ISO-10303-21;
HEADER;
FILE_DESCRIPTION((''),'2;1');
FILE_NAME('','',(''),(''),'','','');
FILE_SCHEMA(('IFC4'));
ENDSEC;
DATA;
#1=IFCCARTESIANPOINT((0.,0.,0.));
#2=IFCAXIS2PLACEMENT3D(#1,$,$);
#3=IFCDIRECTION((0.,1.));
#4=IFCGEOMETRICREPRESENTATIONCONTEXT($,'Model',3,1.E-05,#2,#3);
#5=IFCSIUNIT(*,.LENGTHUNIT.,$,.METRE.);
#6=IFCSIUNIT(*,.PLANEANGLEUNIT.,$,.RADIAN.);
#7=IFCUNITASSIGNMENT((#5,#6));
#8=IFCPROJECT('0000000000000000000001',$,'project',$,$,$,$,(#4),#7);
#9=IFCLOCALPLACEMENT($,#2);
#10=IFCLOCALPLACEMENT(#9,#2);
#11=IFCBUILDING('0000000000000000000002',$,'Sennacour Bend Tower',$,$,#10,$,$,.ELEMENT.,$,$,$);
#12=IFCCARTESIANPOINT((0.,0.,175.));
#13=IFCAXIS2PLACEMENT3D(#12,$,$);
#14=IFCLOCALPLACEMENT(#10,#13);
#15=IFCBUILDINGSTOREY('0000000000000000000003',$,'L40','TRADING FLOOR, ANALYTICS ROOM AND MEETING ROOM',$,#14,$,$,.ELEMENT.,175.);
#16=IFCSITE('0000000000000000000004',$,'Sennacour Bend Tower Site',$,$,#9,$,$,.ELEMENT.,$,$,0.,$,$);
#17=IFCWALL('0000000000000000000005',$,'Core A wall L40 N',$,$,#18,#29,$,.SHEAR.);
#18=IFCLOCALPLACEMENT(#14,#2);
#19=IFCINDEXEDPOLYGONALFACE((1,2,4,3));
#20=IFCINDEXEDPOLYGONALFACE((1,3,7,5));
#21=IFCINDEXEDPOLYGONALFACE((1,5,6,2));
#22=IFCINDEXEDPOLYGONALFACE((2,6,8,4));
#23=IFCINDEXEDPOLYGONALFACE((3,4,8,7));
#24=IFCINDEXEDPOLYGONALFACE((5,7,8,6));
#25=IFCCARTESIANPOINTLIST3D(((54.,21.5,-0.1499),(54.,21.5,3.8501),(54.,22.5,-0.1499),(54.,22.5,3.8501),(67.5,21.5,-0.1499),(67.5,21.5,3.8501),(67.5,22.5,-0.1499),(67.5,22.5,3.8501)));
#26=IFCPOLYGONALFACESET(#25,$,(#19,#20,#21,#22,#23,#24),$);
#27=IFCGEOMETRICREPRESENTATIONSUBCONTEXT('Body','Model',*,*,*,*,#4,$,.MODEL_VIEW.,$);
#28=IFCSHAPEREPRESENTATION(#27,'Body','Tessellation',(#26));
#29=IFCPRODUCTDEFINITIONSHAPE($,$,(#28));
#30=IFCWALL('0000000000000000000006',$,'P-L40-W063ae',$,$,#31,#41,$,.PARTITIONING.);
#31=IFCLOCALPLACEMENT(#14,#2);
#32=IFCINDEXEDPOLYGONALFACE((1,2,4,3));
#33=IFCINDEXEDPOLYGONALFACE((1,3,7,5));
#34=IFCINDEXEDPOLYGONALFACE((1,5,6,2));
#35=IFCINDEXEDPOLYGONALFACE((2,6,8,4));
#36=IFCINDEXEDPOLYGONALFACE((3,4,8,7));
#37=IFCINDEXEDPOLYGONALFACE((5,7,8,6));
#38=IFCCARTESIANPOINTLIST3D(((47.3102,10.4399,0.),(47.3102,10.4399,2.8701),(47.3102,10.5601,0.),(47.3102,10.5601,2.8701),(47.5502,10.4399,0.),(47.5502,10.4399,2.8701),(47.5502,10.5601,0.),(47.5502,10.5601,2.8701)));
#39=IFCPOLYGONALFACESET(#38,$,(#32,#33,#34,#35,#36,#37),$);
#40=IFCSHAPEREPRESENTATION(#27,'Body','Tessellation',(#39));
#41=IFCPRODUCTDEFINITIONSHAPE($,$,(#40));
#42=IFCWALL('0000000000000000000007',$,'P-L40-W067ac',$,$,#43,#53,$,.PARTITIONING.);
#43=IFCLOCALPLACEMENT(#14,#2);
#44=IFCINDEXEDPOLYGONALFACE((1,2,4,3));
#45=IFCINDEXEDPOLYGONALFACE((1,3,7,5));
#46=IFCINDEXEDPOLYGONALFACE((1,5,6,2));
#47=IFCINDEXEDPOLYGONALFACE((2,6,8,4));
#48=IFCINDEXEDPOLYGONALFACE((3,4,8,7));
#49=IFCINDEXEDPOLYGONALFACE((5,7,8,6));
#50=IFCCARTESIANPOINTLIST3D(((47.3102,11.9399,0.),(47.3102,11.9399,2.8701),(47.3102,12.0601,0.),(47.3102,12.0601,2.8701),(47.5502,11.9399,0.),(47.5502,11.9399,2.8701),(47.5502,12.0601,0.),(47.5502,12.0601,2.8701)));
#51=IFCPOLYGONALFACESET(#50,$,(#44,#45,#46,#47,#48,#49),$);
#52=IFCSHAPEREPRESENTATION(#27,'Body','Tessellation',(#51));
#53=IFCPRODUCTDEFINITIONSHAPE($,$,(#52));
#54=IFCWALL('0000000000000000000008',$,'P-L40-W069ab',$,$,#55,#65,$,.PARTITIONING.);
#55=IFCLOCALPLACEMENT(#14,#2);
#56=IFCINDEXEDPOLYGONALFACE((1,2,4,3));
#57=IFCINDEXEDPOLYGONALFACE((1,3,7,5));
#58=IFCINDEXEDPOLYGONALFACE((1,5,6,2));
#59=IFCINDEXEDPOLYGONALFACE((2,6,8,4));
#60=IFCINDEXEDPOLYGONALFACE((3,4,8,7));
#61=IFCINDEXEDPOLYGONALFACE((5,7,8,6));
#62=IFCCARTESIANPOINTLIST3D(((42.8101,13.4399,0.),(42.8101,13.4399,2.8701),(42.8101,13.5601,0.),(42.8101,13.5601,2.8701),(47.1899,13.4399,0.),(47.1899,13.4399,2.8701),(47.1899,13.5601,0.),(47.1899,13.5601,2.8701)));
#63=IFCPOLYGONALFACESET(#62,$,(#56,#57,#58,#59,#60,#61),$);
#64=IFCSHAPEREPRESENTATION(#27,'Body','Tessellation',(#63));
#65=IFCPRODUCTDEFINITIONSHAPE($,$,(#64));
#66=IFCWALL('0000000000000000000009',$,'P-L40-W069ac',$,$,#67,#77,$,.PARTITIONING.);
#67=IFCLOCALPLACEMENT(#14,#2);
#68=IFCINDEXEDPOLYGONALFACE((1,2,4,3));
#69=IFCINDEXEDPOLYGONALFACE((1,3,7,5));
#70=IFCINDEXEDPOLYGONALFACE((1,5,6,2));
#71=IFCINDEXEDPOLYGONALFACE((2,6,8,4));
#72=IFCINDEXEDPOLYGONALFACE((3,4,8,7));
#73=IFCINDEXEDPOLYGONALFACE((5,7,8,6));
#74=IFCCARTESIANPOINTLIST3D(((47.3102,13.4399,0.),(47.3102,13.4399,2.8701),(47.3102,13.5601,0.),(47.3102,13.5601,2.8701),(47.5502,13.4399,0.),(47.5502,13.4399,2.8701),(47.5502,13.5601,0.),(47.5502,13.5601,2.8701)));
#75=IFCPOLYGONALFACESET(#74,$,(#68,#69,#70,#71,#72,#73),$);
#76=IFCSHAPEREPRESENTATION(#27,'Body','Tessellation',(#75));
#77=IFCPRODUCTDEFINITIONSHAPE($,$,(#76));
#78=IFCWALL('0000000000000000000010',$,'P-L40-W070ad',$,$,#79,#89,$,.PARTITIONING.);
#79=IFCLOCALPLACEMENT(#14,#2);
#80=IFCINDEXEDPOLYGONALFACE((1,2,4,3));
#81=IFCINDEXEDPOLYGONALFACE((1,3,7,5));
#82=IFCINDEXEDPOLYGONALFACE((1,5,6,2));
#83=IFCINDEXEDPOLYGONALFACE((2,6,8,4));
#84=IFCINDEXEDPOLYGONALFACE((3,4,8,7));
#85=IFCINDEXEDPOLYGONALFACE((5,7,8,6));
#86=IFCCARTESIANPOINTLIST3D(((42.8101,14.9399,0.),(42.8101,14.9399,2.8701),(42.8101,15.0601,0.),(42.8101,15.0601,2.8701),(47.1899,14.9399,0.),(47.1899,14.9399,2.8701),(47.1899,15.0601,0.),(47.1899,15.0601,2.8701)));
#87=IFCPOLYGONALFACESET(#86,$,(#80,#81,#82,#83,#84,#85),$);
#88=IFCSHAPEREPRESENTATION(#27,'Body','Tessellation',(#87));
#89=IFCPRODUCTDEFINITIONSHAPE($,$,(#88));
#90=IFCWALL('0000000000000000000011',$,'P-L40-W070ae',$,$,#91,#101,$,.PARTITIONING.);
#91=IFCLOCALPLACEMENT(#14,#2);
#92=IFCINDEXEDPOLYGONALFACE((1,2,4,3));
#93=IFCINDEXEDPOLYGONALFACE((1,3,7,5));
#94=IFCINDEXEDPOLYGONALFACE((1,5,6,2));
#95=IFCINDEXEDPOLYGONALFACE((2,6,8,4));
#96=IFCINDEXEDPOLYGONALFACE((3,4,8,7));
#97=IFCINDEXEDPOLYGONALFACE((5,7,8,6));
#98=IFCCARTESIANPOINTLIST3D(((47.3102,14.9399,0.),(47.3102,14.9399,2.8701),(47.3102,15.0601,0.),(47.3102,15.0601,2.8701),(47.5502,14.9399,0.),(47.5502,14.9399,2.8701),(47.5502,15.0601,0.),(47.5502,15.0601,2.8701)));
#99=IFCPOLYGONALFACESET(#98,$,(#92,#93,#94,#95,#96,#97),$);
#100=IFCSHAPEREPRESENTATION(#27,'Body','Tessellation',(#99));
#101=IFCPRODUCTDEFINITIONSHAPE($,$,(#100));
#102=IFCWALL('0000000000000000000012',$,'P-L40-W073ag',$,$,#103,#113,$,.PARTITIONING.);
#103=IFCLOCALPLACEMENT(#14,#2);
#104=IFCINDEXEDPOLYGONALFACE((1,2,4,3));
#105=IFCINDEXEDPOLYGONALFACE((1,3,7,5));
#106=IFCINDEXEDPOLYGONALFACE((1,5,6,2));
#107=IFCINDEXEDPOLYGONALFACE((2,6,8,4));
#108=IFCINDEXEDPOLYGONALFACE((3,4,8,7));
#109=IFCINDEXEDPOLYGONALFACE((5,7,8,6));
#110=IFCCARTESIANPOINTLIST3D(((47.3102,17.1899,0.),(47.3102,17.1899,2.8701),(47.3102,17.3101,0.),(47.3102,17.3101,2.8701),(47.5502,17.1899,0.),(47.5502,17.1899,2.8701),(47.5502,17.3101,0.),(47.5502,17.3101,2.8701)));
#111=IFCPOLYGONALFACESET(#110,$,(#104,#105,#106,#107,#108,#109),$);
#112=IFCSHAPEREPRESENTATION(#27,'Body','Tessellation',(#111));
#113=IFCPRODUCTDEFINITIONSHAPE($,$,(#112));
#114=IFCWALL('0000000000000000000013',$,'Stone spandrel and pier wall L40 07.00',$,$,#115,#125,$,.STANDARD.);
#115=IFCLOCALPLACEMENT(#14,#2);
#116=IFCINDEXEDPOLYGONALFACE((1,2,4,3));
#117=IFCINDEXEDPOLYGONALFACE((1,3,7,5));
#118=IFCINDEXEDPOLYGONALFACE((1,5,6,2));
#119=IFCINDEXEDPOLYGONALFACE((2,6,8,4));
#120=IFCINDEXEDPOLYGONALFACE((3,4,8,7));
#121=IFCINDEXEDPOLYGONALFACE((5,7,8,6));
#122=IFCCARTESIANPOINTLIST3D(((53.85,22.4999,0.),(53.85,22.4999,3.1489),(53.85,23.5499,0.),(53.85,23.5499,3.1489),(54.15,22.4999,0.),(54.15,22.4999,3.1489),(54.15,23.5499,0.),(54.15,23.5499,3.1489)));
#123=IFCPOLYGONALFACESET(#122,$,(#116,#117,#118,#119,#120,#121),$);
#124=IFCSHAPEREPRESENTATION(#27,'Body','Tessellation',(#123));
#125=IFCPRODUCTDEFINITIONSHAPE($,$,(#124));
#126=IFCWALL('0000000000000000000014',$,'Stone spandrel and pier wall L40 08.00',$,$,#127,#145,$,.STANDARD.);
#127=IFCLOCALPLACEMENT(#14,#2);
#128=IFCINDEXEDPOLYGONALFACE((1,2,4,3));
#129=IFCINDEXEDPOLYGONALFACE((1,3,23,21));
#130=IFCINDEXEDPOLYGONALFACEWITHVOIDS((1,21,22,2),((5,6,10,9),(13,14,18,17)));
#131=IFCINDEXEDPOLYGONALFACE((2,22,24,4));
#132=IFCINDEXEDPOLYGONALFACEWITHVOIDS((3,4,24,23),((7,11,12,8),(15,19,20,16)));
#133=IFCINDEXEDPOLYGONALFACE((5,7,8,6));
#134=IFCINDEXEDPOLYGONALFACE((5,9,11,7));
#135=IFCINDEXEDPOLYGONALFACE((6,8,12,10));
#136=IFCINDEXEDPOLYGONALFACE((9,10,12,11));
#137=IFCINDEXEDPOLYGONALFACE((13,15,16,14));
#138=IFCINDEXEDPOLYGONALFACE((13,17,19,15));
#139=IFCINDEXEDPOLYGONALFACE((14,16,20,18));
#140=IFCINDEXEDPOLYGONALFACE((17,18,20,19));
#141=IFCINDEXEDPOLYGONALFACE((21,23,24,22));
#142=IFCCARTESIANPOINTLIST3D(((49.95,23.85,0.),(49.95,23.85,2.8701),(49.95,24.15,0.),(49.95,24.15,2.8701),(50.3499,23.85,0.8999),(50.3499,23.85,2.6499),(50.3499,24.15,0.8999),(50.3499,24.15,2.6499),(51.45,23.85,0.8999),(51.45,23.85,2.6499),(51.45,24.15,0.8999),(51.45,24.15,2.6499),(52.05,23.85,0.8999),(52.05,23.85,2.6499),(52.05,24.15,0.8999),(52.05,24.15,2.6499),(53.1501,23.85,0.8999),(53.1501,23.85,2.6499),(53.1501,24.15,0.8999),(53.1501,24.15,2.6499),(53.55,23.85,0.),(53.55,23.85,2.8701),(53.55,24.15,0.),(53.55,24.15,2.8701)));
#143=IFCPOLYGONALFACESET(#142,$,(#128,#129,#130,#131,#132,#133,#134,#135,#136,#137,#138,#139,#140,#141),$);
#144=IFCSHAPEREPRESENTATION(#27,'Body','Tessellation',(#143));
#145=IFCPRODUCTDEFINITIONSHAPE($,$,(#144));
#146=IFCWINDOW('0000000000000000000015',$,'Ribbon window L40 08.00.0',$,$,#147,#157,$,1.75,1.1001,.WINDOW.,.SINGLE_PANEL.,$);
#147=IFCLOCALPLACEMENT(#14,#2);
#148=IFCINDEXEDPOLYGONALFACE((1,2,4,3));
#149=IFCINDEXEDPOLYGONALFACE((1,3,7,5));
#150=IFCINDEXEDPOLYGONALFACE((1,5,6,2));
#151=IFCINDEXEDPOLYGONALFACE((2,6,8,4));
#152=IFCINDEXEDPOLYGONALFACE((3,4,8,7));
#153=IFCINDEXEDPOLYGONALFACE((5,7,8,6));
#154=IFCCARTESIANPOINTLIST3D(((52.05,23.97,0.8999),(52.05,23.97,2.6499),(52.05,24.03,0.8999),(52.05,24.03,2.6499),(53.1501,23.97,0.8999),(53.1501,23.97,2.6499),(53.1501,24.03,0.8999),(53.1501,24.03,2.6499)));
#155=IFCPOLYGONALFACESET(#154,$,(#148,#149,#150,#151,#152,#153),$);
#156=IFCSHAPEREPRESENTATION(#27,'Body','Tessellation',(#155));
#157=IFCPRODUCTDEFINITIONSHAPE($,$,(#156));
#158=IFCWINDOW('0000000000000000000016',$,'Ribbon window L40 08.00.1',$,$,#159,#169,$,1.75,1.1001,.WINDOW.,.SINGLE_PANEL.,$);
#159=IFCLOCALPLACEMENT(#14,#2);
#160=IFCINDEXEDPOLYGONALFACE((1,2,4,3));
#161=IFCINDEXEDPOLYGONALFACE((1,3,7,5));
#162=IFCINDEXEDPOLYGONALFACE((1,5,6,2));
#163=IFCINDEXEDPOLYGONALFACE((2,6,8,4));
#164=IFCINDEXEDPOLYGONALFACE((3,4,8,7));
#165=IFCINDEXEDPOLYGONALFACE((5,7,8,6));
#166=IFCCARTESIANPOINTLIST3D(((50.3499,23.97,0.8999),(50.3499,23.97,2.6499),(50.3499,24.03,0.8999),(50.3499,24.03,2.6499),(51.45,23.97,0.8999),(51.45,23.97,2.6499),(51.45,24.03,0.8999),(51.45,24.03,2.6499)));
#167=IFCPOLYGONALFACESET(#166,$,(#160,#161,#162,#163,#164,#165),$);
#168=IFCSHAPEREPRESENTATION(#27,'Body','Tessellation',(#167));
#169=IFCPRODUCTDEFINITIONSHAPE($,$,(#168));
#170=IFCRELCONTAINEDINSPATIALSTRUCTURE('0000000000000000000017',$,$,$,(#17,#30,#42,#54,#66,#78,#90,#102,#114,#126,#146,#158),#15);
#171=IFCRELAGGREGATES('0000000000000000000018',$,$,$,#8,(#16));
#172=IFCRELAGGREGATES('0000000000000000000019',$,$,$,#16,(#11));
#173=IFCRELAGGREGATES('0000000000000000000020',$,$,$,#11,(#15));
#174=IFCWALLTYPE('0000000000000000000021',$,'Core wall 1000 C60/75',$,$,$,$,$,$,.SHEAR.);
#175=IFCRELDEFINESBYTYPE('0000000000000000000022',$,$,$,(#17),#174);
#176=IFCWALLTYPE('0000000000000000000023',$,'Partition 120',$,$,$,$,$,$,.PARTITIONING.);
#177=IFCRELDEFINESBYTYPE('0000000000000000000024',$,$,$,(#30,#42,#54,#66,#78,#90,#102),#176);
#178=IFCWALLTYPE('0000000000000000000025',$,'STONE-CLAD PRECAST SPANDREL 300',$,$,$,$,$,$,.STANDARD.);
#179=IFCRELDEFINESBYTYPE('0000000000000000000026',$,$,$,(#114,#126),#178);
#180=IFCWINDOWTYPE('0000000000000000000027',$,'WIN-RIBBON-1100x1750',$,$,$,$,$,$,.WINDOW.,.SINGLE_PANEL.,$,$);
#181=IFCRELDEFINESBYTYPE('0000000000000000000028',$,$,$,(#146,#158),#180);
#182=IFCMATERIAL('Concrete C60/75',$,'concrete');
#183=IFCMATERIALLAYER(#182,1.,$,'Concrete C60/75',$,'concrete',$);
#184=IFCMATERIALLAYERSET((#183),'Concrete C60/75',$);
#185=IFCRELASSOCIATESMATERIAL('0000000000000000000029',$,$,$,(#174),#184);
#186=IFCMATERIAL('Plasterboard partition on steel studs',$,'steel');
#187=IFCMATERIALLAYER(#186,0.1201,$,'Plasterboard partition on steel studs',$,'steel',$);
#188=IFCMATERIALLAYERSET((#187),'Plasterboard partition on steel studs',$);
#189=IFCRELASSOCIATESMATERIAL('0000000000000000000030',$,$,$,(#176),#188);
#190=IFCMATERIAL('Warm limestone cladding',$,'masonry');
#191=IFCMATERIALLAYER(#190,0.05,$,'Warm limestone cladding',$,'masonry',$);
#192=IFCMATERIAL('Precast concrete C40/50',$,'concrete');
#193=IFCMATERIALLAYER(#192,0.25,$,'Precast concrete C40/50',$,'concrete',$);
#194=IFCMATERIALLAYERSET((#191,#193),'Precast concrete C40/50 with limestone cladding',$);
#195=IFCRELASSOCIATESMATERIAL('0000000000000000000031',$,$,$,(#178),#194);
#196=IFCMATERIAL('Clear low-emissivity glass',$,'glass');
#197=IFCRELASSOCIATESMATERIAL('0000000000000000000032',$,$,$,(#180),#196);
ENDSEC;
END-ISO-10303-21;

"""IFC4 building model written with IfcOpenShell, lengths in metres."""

from ifc_helpers import new_model, si_unit, direction, frame, frame_2d, origin, place, context, subcontext, project, spatial, rectangle, extrude, material, layer, layer_set, type_object, element, fill, save


model = new_model("IFC4")

# Units and contexts
model_context = context("Model", 3, precision=1e-05, world=origin(), true_north=direction((0.0, 1.0)))
body_context = subcontext(model_context, "Body", "Model", "MODEL_VIEW")
ifc_project = project(units=[si_unit("LENGTHUNIT", "METRE"), si_unit("PLANEANGLEUNIT", "RADIAN")], contexts=[model_context])

# Site, building, storey
site_placement = place(None, origin())
site = spatial("IfcSite", under=ifc_project, at=site_placement, Name="Sennacour Bend Tower Site", CompositionType="ELEMENT", RefElevation=0.0)
building_placement = place(site_placement, origin())
building = spatial("IfcBuilding", under=site, at=building_placement, Name="Sennacour Bend Tower", CompositionType="ELEMENT")
storey_placement = place(building_placement, frame((0.0, 0.0, 175.0)))
storey = spatial("IfcBuildingStorey", under=building, at=storey_placement, Name="L40", Description="TRADING FLOOR, ANALYTICS ROOM AND MEETING ROOM", CompositionType="ELEMENT", Elevation=175.0)

# Walls
ifc_material_1 = material(Name="Concrete C60/75", Category="concrete")
ifc_layer_1 = layer(ifc_material_1, 1.0, Name="Concrete C60/75", Category="concrete")
ifc_layer_set_1 = layer_set([ifc_layer_1], Name="Concrete C60/75")
wall_type_1 = type_object("IfcWallType", Name="Core wall 1000 C60/75", PredefinedType="SHEAR", material=ifc_layer_set_1)
wall_1_placement = place(storey_placement, frame((54.0, 22.0, -0.1499), z_axis=(0.0, 0.0, 1.0), x_axis=(1.0, 0.0, 0.0)))
element("IfcWall", 1, at=wall_1_placement, inside=storey, type_object=wall_type_1, Name="Core A wall L40 N", PredefinedType="SHEAR", context=body_context, shape_type="SweptSolid", body=[
    extrude(rectangle(XDim=13.5, YDim=1.0, at=frame_2d((6.75, 0.0))), origin(), (0.0, 0.0, 1.0), 4.0),
])
ifc_material_2 = material(Name="Plasterboard partition on steel studs", Category="steel")
ifc_layer_2 = layer(ifc_material_2, 0.1201, Name="Plasterboard partition on steel studs", Category="steel")
ifc_layer_set_2 = layer_set([ifc_layer_2], Name="Plasterboard partition on steel studs")
wall_type_2 = type_object("IfcWallType", Name="Partition 120", PredefinedType="PARTITIONING", material=ifc_layer_set_2)
for number, where, z_axis, x_axis, name in (
    (2, (47.3101, 10.5, 0.0), (0.0, 0.0, 1.0), (1.0, 0.0, 0.0), "P-L40-W063ae"),
    (3, (47.3101, 12.0, 0.0), (0.0, 0.0, 1.0), (1.0, 0.0, 0.0), "P-L40-W067ac"),
):
    element("IfcWall", number, at=place(storey_placement, frame(where, z_axis=z_axis, x_axis=x_axis)), inside=storey, type_object=wall_type_2, Name=name, PredefinedType="PARTITIONING", context=body_context, shape_type="SweptSolid", body=[
        extrude(rectangle(XDim=0.24, YDim=0.1201, at=frame_2d((0.1201, 0.0))), origin(), (0.0, 0.0, 1.0), 2.8701),
    ])
wall_2_placement = place(storey_placement, frame((42.8101, 13.5, 0.0), z_axis=(0.0, 0.0, 1.0), x_axis=(1.0, 0.0, 0.0)))
element("IfcWall", 4, at=wall_2_placement, inside=storey, type_object=wall_type_2, Name="P-L40-W069ab", PredefinedType="PARTITIONING", context=body_context, shape_type="SweptSolid", body=[
    extrude(rectangle(XDim=4.3799, YDim=0.1201, at=frame_2d((2.1899, 0.0))), origin(), (0.0, 0.0, 1.0), 2.8701),
])
wall_3_placement = place(storey_placement, frame((47.3101, 13.5, 0.0), z_axis=(0.0, 0.0, 1.0), x_axis=(1.0, 0.0, 0.0)))
element("IfcWall", 5, at=wall_3_placement, inside=storey, type_object=wall_type_2, Name="P-L40-W069ac", PredefinedType="PARTITIONING", context=body_context, shape_type="SweptSolid", body=[
    extrude(rectangle(XDim=0.24, YDim=0.1201, at=frame_2d((0.1201, 0.0))), origin(), (0.0, 0.0, 1.0), 2.8701),
])
wall_4_placement = place(storey_placement, frame((42.8101, 15.0, 0.0), z_axis=(0.0, 0.0, 1.0), x_axis=(1.0, 0.0, 0.0)))
element("IfcWall", 6, at=wall_4_placement, inside=storey, type_object=wall_type_2, Name="P-L40-W070ad", PredefinedType="PARTITIONING", context=body_context, shape_type="SweptSolid", body=[
    extrude(rectangle(XDim=4.3799, YDim=0.1201, at=frame_2d((2.1899, 0.0))), origin(), (0.0, 0.0, 1.0), 2.8701),
])
for number, where, z_axis, x_axis, name in (
    (7, (47.3101, 15.0, 0.0), (0.0, 0.0, 1.0), (1.0, 0.0, 0.0), "P-L40-W070ae"),
    (8, (47.3101, 17.25, 0.0), (0.0, 0.0, 1.0), (1.0, 0.0, 0.0), "P-L40-W073ag"),
):
    element("IfcWall", number, at=place(storey_placement, frame(where, z_axis=z_axis, x_axis=x_axis)), inside=storey, type_object=wall_type_2, Name=name, PredefinedType="PARTITIONING", context=body_context, shape_type="SweptSolid", body=[
        extrude(rectangle(XDim=0.24, YDim=0.1201, at=frame_2d((0.1201, 0.0))), origin(), (0.0, 0.0, 1.0), 2.8701),
    ])
ifc_material_3 = material(Name="Warm limestone cladding", Category="masonry")
ifc_layer_3 = layer(ifc_material_3, 0.05, Name="Warm limestone cladding", Category="masonry")
ifc_material_4 = material(Name="Precast concrete C40/50", Category="concrete")
ifc_layer_4 = layer(ifc_material_4, 0.25, Name="Precast concrete C40/50", Category="concrete")
ifc_layer_set_3 = layer_set([ifc_layer_3, ifc_layer_4], Name="Precast concrete C40/50 with limestone cladding")
wall_type_3 = type_object("IfcWallType", Name="STONE-CLAD PRECAST SPANDREL 300", PredefinedType="STANDARD", material=ifc_layer_set_3)
wall_5_placement = place(storey_placement, frame((54.0, 22.5, 0.0), z_axis=(0.0, 0.0, 1.0), x_axis=(0.0, 1.0, 0.0)))
element("IfcWall", 9, at=wall_5_placement, inside=storey, type_object=wall_type_3, Name="Stone spandrel and pier wall L40 07.00", PredefinedType="STANDARD", context=body_context, shape_type="SweptSolid", body=[
    extrude(rectangle(XDim=1.05, YDim=0.3, at=frame_2d((0.5249, 0.0))), origin(), (0.0, 0.0, 1.0), 3.1489),
])

# Wall, openings, windows
wall_6_placement = place(storey_placement, frame((53.55, 24.0, 0.0), z_axis=(0.0, 0.0, 1.0), x_axis=(-1.0, 0.0, 0.0)))
wall_6 = element("IfcWall", 10, at=wall_6_placement, inside=storey, type_object=wall_type_3, Name="Stone spandrel and pier wall L40 08.00", PredefinedType="STANDARD", context=body_context, shape_type="SweptSolid", body=[
    extrude(rectangle(XDim=3.6001, YDim=0.3, at=frame_2d((1.8, 0.0))), origin(), (0.0, 0.0, 1.0), 2.8701),
])
opening_1_placement = place(wall_6_placement, frame((0.3999, 0.0, 0.8999)))
opening_1 = element("IfcOpeningElement", 11, at=opening_1_placement, cuts=wall_6, PredefinedType="OPENING", context=body_context, shape_type="SweptSolid", body=[
    extrude(rectangle(XDim=1.1001, YDim=1.75, at=frame_2d((0.55, 0.875))), frame((0.0, 0.1602, 0.0), z_axis=(0.0, -1.0, 0.0), x_axis=(1.0, 0.0, 0.0)), (0.0, 0.0, 1.0), 0.3201),
])
opening_2_placement = place(wall_6_placement, frame((2.1001, 0.0, 0.8999)))
opening_2 = element("IfcOpeningElement", 12, at=opening_2_placement, cuts=wall_6, PredefinedType="OPENING", context=body_context, shape_type="SweptSolid", body=[
    extrude(rectangle(XDim=1.1001, YDim=1.75, at=frame_2d((0.55, 0.875))), frame((0.0, 0.1602, 0.0), z_axis=(0.0, -1.0, 0.0), x_axis=(1.0, 0.0, 0.0)), (0.0, 0.0, 1.0), 0.3201),
])
ifc_material_5 = material(Name="Clear low-emissivity glass", Category="glass")
window_type = type_object("IfcWindowType", Name="WIN-RIBBON-1100x1750", PartitioningType="SINGLE_PANEL", PredefinedType="WINDOW", material=ifc_material_5)
window_1_placement = place(opening_1_placement, origin())
window_1 = element("IfcWindow", 13, at=window_1_placement, inside=storey, type_object=window_type, Name="Ribbon window L40 08.00.0", OverallHeight=1.75, OverallWidth=1.1001, PartitioningType="SINGLE_PANEL", PredefinedType="WINDOW", context=body_context, shape_type="SweptSolid", body=[
    extrude(rectangle(XDim=1.1001, YDim=1.75, at=frame_2d((0.55, 0.875))), frame((0.0, 0.03, 0.0), z_axis=(0.0, -1.0, 0.0), x_axis=(1.0, 0.0, 0.0)), (0.0, 0.0, 1.0), 0.0601),
])
fill(opening_1, window_1)
window_2_placement = place(opening_2_placement, origin())
window_2 = element("IfcWindow", 14, at=window_2_placement, inside=storey, type_object=window_type, Name="Ribbon window L40 08.00.1", OverallHeight=1.75, OverallWidth=1.1001, PartitioningType="SINGLE_PANEL", PredefinedType="WINDOW", context=body_context, shape_type="SweptSolid", body=[
    extrude(rectangle(XDim=1.1001, YDim=1.75, at=frame_2d((0.55, 0.875))), frame((0.0, 0.03, 0.0), z_axis=(0.0, -1.0, 0.0), x_axis=(1.0, 0.0, 0.0)), (0.0, 0.0, 1.0), 0.0601),
])
fill(opening_2, window_2)

save(model, "model.ifc")
